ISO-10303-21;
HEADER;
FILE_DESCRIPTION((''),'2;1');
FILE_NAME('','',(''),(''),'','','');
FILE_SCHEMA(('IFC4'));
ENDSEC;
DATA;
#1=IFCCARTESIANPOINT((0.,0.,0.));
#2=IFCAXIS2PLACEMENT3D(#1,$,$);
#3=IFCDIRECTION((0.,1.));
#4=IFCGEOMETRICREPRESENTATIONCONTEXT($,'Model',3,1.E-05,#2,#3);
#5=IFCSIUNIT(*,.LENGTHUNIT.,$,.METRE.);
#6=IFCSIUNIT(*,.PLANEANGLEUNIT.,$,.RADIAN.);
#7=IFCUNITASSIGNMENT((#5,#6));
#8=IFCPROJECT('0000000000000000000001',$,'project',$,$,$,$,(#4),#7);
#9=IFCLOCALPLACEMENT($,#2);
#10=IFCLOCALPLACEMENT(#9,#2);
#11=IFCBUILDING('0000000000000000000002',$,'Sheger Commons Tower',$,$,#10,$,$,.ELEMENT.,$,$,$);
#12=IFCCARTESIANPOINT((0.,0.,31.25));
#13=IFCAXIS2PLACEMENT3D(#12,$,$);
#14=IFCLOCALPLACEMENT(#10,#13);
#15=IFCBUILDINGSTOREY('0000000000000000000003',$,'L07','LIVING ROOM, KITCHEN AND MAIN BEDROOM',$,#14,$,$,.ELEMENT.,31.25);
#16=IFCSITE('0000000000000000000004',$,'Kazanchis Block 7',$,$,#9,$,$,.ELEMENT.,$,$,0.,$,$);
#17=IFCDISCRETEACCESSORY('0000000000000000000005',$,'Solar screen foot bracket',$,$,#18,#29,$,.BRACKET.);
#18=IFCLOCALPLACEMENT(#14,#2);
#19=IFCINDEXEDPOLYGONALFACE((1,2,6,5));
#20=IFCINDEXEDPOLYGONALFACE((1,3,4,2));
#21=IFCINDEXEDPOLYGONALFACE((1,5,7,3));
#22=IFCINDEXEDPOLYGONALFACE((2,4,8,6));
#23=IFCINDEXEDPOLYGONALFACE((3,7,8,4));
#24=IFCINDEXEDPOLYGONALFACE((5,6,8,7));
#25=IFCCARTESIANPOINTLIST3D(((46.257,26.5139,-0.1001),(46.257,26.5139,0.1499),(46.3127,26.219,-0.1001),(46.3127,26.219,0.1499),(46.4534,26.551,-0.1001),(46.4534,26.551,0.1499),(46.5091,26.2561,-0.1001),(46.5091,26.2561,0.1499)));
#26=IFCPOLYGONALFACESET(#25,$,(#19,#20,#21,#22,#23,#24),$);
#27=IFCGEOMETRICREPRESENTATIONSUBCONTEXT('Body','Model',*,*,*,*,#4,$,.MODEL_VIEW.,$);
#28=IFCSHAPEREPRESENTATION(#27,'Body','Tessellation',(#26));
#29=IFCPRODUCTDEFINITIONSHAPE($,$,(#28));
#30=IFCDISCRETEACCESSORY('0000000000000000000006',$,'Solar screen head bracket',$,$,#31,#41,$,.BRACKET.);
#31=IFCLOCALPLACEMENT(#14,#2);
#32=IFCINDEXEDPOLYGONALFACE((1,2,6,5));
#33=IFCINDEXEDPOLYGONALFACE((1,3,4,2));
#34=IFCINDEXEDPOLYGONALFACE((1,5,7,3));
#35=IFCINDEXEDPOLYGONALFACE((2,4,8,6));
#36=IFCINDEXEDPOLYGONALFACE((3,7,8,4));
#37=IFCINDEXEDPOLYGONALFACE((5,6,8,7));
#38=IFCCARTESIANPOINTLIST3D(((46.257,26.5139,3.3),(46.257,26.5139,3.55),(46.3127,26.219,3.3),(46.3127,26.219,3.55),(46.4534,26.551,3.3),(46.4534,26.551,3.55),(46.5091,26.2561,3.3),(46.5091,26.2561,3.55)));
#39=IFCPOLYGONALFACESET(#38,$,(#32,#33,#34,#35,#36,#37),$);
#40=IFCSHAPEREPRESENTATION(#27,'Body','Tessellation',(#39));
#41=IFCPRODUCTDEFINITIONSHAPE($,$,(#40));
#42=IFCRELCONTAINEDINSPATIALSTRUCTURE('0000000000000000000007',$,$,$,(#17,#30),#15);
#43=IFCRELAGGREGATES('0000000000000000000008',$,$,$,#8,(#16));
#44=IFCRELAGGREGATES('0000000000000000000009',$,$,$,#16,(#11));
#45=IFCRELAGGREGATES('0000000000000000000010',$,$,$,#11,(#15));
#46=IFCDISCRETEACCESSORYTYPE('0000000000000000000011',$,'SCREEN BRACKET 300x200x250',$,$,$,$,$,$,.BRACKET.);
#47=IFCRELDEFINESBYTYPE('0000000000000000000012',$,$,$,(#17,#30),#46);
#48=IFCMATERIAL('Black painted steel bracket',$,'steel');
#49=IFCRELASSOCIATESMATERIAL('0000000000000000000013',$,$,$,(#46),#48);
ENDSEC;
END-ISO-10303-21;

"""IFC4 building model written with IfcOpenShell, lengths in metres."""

from ifc_helpers import new_model, si_unit, direction, frame, origin, origin_2d, place, context, subcontext, project, spatial, rectangle, extrude, material, type_object, element, save


model = new_model("IFC4")

# Units and contexts
model_context = context("Model", 3, precision=1e-05, world=origin(), true_north=direction((0.0, 1.0)))
body_context = subcontext(model_context, "Body", "Model", "MODEL_VIEW")
ifc_project = project(units=[si_unit("LENGTHUNIT", "METRE"), si_unit("PLANEANGLEUNIT", "RADIAN")], contexts=[model_context])

# Site, building, storey
site_placement = place(None, origin())
site = spatial("IfcSite", under=ifc_project, at=site_placement, Name="Kazanchis Block 7", CompositionType="ELEMENT", RefElevation=0.0)
building_placement = place(site_placement, origin())
building = spatial("IfcBuilding", under=site, at=building_placement, Name="Sheger Commons Tower", CompositionType="ELEMENT")
storey_placement = place(building_placement, frame((0.0, 0.0, 31.25)))
storey = spatial("IfcBuildingStorey", under=building, at=storey_placement, Name="L07", Description="LIVING ROOM, KITCHEN AND MAIN BEDROOM", CompositionType="ELEMENT", Elevation=31.25)

# Discrete accessories
ifc_material_1 = material(Name="Black painted steel bracket", Category="steel")
discrete_accessory_type = type_object("IfcDiscreteAccessoryType", Name="SCREEN BRACKET 300x200x250", PredefinedType="BRACKET", material=ifc_material_1)
for number, where, z_axis, x_axis, name in (
    (1, (46.3831, 26.385, -0.1001), (0.0, 0.0, 1.0), (-0.185615, 0.982623, 0.0), "Solar screen foot bracket"),
    (2, (46.3831, 26.385, 3.3), (0.0, 0.0, 1.0), (-0.185615, 0.982623, 0.0), "Solar screen head bracket"),
):
    element("IfcDiscreteAccessory", number, at=place(storey_placement, frame(where, z_axis=z_axis, x_axis=x_axis)), inside=storey, type_object=discrete_accessory_type, Name=name, PredefinedType="BRACKET", context=body_context, shape_type="SweptSolid", body=[
        extrude(rectangle(XDim=0.3, YDim=0.2, at=origin_2d()), origin(), (0.0, 0.0, 1.0), 0.25),
    ])

save(model, "model.ifc")
